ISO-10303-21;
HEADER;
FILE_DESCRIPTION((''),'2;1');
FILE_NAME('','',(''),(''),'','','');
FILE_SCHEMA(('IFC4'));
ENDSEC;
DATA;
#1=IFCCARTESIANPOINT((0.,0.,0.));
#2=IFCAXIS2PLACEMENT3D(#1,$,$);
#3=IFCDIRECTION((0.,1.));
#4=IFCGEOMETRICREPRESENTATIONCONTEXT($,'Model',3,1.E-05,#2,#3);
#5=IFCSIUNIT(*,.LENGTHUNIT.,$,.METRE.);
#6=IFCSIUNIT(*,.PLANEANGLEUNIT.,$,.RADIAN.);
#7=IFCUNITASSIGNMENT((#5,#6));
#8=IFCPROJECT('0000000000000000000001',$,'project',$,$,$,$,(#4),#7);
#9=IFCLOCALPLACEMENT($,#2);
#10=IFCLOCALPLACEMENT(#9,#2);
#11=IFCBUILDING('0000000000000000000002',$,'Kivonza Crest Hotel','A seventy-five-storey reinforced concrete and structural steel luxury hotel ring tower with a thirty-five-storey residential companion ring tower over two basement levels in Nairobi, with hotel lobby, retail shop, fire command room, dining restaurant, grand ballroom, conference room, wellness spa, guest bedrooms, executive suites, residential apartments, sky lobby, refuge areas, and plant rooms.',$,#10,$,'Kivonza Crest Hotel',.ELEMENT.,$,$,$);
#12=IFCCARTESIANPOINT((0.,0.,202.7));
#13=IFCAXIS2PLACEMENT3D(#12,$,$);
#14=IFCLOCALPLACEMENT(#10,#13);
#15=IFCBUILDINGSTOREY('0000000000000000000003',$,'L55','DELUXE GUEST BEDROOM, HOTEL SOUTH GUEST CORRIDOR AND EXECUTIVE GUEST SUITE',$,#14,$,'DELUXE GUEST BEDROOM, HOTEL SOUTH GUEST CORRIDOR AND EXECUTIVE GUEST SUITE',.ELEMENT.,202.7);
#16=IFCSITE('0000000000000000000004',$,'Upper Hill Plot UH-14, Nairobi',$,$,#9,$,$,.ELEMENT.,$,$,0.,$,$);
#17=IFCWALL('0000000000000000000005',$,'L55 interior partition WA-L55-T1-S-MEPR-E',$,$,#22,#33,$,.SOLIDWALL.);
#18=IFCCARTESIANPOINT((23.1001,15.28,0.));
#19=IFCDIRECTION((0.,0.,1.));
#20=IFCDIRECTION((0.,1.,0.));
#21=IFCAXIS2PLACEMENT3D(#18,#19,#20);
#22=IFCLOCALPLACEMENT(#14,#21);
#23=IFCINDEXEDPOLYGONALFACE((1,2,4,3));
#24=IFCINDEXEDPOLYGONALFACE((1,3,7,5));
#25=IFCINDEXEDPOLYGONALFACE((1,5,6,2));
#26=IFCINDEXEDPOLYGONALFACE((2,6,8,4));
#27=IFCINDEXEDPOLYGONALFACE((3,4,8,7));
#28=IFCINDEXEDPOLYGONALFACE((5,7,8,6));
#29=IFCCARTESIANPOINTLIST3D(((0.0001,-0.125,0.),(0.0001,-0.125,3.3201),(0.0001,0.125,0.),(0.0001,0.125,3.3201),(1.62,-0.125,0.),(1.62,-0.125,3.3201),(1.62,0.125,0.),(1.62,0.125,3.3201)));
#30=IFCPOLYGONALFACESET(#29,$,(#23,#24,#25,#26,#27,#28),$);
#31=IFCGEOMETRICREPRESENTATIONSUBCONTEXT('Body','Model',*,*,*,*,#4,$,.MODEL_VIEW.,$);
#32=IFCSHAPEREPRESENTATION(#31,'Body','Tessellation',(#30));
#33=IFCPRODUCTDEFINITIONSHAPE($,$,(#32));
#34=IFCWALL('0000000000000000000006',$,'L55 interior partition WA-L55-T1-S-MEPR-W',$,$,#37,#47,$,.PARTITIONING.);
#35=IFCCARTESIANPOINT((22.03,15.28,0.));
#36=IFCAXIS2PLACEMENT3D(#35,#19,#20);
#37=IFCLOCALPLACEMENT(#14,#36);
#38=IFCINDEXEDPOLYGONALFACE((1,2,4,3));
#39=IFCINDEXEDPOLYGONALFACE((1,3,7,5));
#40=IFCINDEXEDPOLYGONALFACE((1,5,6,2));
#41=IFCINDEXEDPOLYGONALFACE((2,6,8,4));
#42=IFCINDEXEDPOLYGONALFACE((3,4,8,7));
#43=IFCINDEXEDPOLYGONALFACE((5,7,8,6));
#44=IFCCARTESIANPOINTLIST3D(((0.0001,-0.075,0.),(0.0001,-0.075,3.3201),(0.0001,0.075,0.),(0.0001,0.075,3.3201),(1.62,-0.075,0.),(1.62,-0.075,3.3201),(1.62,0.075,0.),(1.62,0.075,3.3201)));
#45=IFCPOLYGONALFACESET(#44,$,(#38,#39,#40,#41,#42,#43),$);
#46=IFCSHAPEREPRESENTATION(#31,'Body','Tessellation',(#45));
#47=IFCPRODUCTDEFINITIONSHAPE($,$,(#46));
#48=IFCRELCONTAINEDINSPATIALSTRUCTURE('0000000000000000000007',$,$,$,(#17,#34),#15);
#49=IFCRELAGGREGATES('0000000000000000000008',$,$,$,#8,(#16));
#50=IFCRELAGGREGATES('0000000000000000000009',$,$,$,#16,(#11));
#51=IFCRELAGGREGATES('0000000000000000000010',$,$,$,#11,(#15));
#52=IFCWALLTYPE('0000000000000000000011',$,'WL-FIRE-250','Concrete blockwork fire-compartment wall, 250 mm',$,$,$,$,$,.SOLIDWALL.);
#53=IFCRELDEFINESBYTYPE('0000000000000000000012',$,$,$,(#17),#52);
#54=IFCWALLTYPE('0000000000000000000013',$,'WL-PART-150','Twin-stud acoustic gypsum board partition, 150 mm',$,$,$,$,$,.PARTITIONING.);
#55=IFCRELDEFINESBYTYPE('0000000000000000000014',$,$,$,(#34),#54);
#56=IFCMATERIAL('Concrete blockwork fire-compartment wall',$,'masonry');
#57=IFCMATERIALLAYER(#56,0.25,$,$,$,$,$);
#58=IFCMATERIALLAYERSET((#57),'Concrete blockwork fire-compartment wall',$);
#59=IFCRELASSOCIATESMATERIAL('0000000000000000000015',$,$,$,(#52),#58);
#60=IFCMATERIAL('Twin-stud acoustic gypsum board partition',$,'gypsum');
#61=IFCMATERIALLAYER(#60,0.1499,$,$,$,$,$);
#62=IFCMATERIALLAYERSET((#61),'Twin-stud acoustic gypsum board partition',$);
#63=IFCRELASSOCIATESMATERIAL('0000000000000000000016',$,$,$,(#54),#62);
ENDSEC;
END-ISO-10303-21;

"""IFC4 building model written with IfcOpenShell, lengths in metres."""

from ifc_helpers import new_model, si_unit, direction, frame, frame_2d, origin, place, context, subcontext, project, spatial, rectangle, extrude, material, layer, layer_set, type_object, element, save


model = new_model("IFC4")

# Units and contexts
model_context = context("Model", 3, precision=1e-05, world=origin(), true_north=direction((0.0, 1.0)))
body_context = subcontext(model_context, "Body", "Model", "MODEL_VIEW")
ifc_project = project(units=[si_unit("LENGTHUNIT", "METRE"), si_unit("PLANEANGLEUNIT", "RADIAN")], contexts=[model_context])

# Site, building, storey
site_placement = place(None, origin())
site = spatial("IfcSite", under=ifc_project, at=site_placement, Name="Upper Hill Plot UH-14, Nairobi", CompositionType="ELEMENT", RefElevation=0.0)
building_placement = place(site_placement, origin())
building = spatial("IfcBuilding", under=site, at=building_placement, Name="Kivonza Crest Hotel", Description="A seventy-five-storey reinforced concrete and structural steel luxury hotel ring tower with a thirty-five-storey residential companion ring tower over two basement levels in Nairobi, with hotel lobby, retail shop, fire command room, dining restaurant, grand ballroom, conference room, wellness spa, guest bedrooms, executive suites, residential apartments, sky lobby, refuge areas, and plant rooms.", LongName="Kivonza Crest Hotel", CompositionType="ELEMENT")
storey_placement = place(building_placement, frame((0.0, 0.0, 202.7)))
storey = spatial("IfcBuildingStorey", under=building, at=storey_placement, Name="L55", Description="DELUXE GUEST BEDROOM, HOTEL SOUTH GUEST CORRIDOR AND EXECUTIVE GUEST SUITE", LongName="DELUXE GUEST BEDROOM, HOTEL SOUTH GUEST CORRIDOR AND EXECUTIVE GUEST SUITE", CompositionType="ELEMENT", Elevation=202.7)

# Walls
ifc_material_1 = material(Name="Concrete blockwork fire-compartment wall", Category="masonry")
ifc_layer_1 = layer(ifc_material_1, 0.25)
ifc_layer_set_1 = layer_set([ifc_layer_1], Name="Concrete blockwork fire-compartment wall")
wall_type_1 = type_object("IfcWallType", Name="WL-FIRE-250", Description="Concrete blockwork fire-compartment wall, 250 mm", PredefinedType="SOLIDWALL", material=ifc_layer_set_1)
wall_1_placement = place(storey_placement, frame((23.1001, 15.28, 0.0), z_axis=(0.0, 0.0, 1.0), x_axis=(0.0, 1.0, 0.0)))
element("IfcWall", 1, at=wall_1_placement, inside=storey, type_object=wall_type_1, Name="L55 interior partition WA-L55-T1-S-MEPR-E", PredefinedType="SOLIDWALL", context=body_context, shape_type="SweptSolid", body=[
    extrude(rectangle(XDim=1.6199, YDim=0.25, at=frame_2d((0.8101, 0.0))), origin(), (0.0, 0.0, 1.0), 3.3201),
])
ifc_material_2 = material(Name="Twin-stud acoustic gypsum board partition", Category="gypsum")
ifc_layer_2 = layer(ifc_material_2, 0.1499)
ifc_layer_set_2 = layer_set([ifc_layer_2], Name="Twin-stud acoustic gypsum board partition")
wall_type_2 = type_object("IfcWallType", Name="WL-PART-150", Description="Twin-stud acoustic gypsum board partition, 150 mm", PredefinedType="PARTITIONING", material=ifc_layer_set_2)
wall_2_placement = place(storey_placement, frame((22.03, 15.28, 0.0), z_axis=(0.0, 0.0, 1.0), x_axis=(0.0, 1.0, 0.0)))
element("IfcWall", 2, at=wall_2_placement, inside=storey, type_object=wall_type_2, Name="L55 interior partition WA-L55-T1-S-MEPR-W", PredefinedType="PARTITIONING", context=body_context, shape_type="SweptSolid", body=[
    extrude(rectangle(XDim=1.6199, YDim=0.1499, at=frame_2d((0.8101, 0.0))), origin(), (0.0, 0.0, 1.0), 3.3201),
])

save(model, "model.ifc")
